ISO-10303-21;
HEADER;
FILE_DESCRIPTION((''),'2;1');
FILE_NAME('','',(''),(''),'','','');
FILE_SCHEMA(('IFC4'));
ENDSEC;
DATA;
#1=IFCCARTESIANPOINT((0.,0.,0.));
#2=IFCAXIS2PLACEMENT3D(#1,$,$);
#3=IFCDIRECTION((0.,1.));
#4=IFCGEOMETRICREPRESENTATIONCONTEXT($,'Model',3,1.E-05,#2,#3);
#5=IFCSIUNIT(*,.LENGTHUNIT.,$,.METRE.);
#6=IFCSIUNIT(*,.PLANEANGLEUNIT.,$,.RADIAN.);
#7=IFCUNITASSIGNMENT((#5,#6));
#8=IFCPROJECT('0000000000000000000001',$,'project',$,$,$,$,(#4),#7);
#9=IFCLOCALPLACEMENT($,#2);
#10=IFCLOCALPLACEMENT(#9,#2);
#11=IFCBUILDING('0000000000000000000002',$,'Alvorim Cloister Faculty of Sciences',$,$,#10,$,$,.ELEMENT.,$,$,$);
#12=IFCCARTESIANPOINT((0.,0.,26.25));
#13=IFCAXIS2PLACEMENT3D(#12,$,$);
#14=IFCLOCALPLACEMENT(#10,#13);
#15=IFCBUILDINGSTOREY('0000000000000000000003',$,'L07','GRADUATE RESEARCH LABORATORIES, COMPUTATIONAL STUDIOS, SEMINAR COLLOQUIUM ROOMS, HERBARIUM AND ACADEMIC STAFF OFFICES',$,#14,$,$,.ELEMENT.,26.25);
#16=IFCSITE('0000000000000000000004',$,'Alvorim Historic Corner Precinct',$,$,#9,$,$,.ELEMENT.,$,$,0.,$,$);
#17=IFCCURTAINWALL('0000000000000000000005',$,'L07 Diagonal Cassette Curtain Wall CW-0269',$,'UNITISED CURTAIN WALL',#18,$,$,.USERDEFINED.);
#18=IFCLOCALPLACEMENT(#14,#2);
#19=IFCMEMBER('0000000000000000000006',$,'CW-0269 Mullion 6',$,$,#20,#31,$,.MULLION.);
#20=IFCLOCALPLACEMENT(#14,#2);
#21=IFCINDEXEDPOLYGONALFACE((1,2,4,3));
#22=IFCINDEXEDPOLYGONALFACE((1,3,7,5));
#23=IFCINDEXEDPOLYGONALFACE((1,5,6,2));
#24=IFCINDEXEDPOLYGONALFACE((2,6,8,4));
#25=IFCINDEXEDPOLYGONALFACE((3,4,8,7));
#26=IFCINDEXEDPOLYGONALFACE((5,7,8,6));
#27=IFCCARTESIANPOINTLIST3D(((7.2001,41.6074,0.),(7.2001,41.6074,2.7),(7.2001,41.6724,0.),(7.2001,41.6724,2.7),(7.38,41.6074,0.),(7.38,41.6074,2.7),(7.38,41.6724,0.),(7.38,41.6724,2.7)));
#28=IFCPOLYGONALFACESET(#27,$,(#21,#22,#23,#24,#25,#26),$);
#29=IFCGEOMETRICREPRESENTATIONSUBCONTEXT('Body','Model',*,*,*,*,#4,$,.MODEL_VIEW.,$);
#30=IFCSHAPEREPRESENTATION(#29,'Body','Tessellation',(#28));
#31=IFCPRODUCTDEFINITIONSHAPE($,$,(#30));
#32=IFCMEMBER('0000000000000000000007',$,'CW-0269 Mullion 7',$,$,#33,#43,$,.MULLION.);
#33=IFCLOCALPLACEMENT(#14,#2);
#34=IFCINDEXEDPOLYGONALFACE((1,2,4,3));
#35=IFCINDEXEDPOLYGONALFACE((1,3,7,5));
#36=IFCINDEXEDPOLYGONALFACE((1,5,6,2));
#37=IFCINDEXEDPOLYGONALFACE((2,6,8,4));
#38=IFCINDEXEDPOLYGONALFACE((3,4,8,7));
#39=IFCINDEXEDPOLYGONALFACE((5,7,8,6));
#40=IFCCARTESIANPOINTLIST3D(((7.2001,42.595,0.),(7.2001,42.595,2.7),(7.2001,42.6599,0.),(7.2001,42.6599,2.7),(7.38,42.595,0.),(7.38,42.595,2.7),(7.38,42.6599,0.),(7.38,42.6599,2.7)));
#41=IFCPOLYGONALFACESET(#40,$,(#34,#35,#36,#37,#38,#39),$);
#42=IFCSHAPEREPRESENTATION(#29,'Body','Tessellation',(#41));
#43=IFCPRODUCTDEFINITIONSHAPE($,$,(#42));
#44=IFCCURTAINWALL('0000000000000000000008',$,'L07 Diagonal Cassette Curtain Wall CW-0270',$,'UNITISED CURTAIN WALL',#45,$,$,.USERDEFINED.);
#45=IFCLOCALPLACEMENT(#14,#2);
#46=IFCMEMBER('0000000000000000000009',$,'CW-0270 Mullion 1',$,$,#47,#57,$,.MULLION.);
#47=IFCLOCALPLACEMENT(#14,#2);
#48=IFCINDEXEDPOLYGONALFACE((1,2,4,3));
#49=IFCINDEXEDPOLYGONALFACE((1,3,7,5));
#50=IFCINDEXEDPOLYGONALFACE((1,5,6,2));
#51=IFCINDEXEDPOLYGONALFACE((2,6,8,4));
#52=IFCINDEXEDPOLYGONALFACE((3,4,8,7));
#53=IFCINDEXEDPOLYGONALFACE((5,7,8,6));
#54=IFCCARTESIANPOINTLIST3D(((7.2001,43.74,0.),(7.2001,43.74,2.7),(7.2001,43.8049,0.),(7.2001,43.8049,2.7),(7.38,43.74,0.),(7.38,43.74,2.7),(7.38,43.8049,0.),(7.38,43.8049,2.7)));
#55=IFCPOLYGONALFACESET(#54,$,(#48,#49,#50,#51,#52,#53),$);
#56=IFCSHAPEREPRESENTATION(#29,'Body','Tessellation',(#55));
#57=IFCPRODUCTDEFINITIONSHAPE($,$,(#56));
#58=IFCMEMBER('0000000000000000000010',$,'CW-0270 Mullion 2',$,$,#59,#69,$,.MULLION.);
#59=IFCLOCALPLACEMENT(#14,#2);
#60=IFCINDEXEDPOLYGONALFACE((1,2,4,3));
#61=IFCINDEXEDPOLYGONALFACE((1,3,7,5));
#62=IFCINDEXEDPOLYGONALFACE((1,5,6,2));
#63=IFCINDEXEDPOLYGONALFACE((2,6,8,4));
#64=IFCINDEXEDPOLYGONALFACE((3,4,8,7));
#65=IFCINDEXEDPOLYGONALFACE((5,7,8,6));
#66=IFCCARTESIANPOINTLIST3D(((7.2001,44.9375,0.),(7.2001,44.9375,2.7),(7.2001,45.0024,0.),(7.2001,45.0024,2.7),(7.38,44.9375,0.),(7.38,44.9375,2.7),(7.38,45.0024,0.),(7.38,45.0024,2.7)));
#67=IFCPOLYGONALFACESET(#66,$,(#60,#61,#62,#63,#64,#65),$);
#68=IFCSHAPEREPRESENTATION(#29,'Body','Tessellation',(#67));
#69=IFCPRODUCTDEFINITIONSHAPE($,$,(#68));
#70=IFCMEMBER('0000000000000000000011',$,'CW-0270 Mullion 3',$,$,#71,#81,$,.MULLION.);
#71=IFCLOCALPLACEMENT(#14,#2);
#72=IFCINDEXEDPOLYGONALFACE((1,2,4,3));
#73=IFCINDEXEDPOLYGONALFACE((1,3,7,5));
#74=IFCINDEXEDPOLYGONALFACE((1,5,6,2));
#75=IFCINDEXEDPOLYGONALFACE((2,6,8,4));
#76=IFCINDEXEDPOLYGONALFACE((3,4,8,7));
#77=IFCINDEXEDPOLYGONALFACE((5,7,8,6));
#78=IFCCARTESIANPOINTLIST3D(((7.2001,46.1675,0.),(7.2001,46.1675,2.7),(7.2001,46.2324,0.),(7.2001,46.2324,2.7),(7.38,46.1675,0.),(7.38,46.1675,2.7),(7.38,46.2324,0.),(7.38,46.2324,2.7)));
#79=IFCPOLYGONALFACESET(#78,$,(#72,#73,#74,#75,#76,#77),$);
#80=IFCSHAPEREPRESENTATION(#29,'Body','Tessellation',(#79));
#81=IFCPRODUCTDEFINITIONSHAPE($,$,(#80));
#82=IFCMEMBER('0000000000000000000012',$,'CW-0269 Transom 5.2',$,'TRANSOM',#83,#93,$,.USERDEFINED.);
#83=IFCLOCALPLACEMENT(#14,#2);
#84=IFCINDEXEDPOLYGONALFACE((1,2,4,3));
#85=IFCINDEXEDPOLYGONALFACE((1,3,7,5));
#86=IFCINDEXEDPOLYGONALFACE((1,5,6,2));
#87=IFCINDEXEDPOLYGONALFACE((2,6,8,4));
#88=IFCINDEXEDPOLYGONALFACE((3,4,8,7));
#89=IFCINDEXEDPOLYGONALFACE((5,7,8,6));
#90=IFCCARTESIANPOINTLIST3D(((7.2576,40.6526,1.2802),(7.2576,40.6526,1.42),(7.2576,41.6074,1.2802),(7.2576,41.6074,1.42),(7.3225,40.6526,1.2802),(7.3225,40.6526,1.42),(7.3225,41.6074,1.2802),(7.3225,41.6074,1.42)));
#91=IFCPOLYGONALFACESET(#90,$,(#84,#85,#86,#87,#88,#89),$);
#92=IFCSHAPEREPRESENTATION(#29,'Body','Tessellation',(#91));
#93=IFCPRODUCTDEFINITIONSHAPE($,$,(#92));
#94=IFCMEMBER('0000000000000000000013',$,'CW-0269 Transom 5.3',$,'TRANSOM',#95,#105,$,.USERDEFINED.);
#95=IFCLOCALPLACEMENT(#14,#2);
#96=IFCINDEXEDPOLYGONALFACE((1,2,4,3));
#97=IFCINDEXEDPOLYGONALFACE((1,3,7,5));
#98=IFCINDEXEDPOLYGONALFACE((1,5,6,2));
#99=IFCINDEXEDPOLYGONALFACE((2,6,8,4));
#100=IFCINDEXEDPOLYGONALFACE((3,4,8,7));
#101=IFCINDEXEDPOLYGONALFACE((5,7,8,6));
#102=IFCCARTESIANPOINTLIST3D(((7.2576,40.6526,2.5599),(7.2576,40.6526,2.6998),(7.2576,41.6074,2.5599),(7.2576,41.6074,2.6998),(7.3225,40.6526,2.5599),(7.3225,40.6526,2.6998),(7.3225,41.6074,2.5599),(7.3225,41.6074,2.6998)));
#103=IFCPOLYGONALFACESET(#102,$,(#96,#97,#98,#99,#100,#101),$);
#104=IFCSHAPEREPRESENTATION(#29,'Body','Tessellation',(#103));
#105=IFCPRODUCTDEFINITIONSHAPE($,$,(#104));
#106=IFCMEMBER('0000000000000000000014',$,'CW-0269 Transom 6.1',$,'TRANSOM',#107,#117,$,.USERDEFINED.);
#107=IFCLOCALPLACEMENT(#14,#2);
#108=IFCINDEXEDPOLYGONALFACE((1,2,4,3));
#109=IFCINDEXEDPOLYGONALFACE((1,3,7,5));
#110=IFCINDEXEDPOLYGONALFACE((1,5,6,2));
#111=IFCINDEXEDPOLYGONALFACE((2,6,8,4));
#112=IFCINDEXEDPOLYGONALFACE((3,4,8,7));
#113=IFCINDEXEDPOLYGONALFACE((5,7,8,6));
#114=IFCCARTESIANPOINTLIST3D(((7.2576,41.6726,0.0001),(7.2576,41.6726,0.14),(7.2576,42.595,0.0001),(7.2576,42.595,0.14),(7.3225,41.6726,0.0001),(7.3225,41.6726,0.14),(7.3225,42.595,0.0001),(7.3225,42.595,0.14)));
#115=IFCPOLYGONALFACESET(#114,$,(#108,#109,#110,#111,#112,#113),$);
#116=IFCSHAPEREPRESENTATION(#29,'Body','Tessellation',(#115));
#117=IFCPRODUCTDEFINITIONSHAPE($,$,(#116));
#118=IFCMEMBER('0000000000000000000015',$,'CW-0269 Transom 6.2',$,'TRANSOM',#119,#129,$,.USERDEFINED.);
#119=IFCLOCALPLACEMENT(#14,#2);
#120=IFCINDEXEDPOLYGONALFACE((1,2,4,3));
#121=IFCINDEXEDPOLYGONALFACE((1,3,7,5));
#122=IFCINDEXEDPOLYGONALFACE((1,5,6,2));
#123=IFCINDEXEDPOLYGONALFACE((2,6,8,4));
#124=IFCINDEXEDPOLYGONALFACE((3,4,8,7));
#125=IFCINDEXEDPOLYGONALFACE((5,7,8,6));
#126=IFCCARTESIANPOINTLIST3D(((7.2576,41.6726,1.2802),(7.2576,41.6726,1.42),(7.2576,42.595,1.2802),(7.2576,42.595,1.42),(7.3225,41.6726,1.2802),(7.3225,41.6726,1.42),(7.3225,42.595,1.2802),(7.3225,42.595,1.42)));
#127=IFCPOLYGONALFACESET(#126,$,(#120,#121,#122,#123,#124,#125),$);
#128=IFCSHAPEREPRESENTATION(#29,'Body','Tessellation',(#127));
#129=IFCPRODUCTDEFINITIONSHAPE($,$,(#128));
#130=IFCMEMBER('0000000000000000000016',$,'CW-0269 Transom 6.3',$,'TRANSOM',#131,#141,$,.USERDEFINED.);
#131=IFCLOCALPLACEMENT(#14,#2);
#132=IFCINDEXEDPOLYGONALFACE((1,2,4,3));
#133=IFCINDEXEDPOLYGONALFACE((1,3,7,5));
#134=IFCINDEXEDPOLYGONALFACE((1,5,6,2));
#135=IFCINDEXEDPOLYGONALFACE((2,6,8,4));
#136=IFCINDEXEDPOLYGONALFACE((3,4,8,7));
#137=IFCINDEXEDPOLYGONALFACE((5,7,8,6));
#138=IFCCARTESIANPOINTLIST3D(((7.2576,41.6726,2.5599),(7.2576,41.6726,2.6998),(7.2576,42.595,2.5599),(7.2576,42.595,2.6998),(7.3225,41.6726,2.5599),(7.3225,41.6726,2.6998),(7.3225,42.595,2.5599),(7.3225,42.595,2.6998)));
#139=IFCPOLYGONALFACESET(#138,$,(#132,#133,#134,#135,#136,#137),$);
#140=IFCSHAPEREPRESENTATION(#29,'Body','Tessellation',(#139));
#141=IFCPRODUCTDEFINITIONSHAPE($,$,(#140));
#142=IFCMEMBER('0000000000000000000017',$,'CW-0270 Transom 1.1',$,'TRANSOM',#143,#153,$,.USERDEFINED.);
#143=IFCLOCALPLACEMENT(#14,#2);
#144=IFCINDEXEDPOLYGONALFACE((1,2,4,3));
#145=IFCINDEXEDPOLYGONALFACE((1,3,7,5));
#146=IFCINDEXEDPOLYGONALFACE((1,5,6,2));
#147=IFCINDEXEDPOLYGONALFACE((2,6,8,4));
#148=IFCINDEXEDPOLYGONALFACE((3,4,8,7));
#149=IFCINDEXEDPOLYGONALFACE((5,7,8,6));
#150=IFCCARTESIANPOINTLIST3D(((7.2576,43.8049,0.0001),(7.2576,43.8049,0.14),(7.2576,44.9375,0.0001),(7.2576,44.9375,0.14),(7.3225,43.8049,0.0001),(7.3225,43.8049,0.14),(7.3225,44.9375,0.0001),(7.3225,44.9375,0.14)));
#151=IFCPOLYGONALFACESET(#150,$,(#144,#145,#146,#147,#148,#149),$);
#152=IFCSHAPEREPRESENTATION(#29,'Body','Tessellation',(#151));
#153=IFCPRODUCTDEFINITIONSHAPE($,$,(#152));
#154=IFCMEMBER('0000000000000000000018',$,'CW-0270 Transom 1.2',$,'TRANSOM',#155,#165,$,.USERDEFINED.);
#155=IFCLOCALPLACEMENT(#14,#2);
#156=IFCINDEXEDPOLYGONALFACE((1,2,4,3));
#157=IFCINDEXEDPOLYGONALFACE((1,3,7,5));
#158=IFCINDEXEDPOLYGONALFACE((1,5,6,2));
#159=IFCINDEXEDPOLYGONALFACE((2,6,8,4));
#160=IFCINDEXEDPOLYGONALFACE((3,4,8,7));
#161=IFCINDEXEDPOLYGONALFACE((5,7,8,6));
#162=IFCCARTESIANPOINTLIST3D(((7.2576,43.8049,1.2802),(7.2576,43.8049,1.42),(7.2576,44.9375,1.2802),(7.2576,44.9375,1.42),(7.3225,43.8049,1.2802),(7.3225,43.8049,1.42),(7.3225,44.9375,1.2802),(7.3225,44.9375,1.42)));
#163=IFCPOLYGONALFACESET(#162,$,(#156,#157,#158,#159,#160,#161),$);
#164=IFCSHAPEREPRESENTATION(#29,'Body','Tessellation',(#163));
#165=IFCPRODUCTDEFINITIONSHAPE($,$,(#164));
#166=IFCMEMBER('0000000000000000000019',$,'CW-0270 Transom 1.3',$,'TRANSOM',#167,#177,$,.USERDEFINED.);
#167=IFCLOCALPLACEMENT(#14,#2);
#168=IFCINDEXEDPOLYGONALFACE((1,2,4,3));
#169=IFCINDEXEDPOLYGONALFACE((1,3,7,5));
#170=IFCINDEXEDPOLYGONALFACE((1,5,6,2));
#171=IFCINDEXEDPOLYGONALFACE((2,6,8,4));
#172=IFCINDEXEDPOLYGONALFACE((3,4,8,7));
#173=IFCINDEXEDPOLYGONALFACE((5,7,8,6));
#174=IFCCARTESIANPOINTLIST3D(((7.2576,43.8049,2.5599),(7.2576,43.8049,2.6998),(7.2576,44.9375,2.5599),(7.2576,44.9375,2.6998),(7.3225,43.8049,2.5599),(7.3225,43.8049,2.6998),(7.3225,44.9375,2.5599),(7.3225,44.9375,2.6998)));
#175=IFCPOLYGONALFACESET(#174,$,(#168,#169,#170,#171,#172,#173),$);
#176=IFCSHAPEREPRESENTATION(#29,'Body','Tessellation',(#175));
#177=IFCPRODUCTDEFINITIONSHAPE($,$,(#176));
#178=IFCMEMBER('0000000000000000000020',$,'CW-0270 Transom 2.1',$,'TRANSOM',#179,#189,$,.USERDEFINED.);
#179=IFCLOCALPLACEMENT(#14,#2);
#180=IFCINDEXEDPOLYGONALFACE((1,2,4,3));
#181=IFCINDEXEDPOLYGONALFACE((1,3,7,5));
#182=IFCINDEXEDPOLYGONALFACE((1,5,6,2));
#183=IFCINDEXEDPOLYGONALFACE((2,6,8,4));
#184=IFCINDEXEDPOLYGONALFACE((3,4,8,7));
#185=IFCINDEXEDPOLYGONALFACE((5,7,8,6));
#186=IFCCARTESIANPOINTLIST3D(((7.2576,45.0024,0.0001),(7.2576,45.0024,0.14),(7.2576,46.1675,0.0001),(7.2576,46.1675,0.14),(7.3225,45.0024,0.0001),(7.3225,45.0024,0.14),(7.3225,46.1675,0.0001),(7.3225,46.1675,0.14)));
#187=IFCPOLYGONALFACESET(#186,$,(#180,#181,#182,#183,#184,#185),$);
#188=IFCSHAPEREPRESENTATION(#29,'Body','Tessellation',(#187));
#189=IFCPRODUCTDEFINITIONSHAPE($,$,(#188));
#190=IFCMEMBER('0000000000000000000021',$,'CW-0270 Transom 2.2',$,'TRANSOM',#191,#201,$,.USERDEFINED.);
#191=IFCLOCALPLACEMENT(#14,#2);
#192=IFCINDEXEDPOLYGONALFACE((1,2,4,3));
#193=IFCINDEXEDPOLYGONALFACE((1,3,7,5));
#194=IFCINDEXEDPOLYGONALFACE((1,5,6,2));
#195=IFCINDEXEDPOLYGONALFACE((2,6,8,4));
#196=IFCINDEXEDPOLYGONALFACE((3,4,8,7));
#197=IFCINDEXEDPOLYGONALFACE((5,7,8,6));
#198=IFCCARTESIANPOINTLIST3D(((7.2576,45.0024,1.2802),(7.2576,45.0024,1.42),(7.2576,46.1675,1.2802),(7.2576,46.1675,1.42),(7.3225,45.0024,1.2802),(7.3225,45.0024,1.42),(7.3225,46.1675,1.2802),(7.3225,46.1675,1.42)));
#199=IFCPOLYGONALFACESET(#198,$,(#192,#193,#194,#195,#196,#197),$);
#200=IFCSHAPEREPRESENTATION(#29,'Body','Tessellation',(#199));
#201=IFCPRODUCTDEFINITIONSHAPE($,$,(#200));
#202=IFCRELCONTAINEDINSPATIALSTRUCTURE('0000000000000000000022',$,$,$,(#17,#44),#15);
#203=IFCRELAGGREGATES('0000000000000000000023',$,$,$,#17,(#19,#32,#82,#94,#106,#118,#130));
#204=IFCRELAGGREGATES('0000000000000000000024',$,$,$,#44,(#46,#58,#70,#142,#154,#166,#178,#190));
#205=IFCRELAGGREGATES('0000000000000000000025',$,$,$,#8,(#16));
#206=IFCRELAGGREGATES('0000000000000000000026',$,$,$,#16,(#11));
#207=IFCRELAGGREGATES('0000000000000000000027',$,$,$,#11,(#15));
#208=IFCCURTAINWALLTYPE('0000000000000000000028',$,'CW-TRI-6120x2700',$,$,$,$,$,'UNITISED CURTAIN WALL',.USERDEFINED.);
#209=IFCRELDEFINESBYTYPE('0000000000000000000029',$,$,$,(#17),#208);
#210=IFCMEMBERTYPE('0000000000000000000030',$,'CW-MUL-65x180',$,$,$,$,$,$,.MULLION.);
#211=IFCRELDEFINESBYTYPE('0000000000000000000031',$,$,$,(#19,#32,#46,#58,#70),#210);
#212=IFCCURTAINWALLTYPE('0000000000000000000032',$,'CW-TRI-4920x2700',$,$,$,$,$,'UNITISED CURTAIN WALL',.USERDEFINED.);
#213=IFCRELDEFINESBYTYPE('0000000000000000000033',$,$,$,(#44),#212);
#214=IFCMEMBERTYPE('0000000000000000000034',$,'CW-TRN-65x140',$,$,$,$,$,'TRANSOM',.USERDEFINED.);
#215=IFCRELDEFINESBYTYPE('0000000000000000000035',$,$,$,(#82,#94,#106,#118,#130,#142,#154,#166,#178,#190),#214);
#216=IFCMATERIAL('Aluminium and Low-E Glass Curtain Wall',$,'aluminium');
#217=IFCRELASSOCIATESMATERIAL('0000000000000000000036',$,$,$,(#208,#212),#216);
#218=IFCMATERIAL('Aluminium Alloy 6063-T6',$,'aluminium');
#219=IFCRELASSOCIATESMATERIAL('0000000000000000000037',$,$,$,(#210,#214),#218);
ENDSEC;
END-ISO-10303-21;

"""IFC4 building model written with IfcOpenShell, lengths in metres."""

from ifc_helpers import new_model, si_unit, direction, frame, origin, origin_2d, place, context, subcontext, project, spatial, rectangle, extrude, material, material_profile, profile_set, type_object, element, aggregate, save


model = new_model("IFC4")

# Units and contexts
model_context = context("Model", 3, precision=1e-05, world=origin(), true_north=direction((0.0, 1.0)))
body_context = subcontext(model_context, "Body", "Model", "MODEL_VIEW")
ifc_project = project(units=[si_unit("LENGTHUNIT", "METRE"), si_unit("PLANEANGLEUNIT", "RADIAN")], contexts=[model_context])

# Site, building, storey
site_placement = place(None, origin())
site = spatial("IfcSite", under=ifc_project, at=site_placement, Name="Alvorim Historic Corner Precinct", CompositionType="ELEMENT", RefElevation=0.0)
building_placement = place(site_placement, origin())
building = spatial("IfcBuilding", under=site, at=building_placement, Name="Alvorim Cloister Faculty of Sciences", CompositionType="ELEMENT")
storey_placement = place(building_placement, frame((0.0, 0.0, 26.25)))
storey = spatial("IfcBuildingStorey", under=building, at=storey_placement, Name="L07", Description="GRADUATE RESEARCH LABORATORIES, COMPUTATIONAL STUDIOS, SEMINAR COLLOQUIUM ROOMS, HERBARIUM AND ACADEMIC STAFF OFFICES", CompositionType="ELEMENT", Elevation=26.25)

# Curtain walls, members
ifc_material_1 = material(Name="Aluminium and Low-E Glass Curtain Wall", Category="aluminium")
curtain_wall_type_1 = type_object("IfcCurtainWallType", Name="CW-TRI-6120x2700", ElementType="UNITISED CURTAIN WALL", PredefinedType="USERDEFINED", material=ifc_material_1)
curtain_wall_1_placement = place(storey_placement, origin())
curtain_wall_1 = element("IfcCurtainWall", 1, at=curtain_wall_1_placement, inside=storey, type_object=curtain_wall_type_1, Name="L07 Diagonal Cassette Curtain Wall CW-0269", ObjectType="UNITISED CURTAIN WALL", PredefinedType="USERDEFINED")
ifc_material_2 = material(Name="Aluminium Alloy 6063-T6", Category="aluminium")
ifc_material_profile_1 = material_profile(ifc_material_2, rectangle(XDim=0.0649, YDim=0.1799, at=origin_2d()), Name="ALU-MUL-65x180")
ifc_profile_set_1 = profile_set([ifc_material_profile_1], Name="Aluminium Alloy 6063-T6")
member_type_1 = type_object("IfcMemberType", Name="CW-MUL-65x180", PredefinedType="MULLION", material=ifc_profile_set_1)
member_1_placement = place(storey_placement, frame((7.29, 41.6399, 0.0), z_axis=(0.0, 0.0, 1.0), x_axis=(0.0, 1.0, 0.0)))
member_1 = element("IfcMember", 2, at=member_1_placement, type_object=member_type_1, Name="CW-0269 Mullion 6", PredefinedType="MULLION", context=body_context, shape_type="SweptSolid", body=[
    extrude(rectangle(XDim=0.0649, YDim=0.1799, at=origin_2d()), origin(), (0.0, 0.0, 1.0), 2.7),
])
member_2_placement = place(storey_placement, frame((7.29, 42.6274, 0.0), z_axis=(0.0, 0.0, 1.0), x_axis=(0.0, 1.0, 0.0)))
member_2 = element("IfcMember", 3, at=member_2_placement, type_object=member_type_1, Name="CW-0269 Mullion 7", PredefinedType="MULLION", context=body_context, shape_type="SweptSolid", body=[
    extrude(rectangle(XDim=0.0649, YDim=0.1799, at=origin_2d()), origin(), (0.0, 0.0, 1.0), 2.7),
])
curtain_wall_type_2 = type_object("IfcCurtainWallType", Name="CW-TRI-4920x2700", ElementType="UNITISED CURTAIN WALL", PredefinedType="USERDEFINED", material=ifc_material_1)
curtain_wall_2_placement = place(storey_placement, origin())
curtain_wall_2 = element("IfcCurtainWall", 4, at=curtain_wall_2_placement, inside=storey, type_object=curtain_wall_type_2, Name="L07 Diagonal Cassette Curtain Wall CW-0270", ObjectType="UNITISED CURTAIN WALL", PredefinedType="USERDEFINED")
member_3_placement = place(storey_placement, frame((7.29, 43.7725, 0.0), z_axis=(0.0, 0.0, 1.0), x_axis=(0.0, 1.0, 0.0)))
member_3 = element("IfcMember", 5, at=member_3_placement, type_object=member_type_1, Name="CW-0270 Mullion 1", PredefinedType="MULLION", context=body_context, shape_type="SweptSolid", body=[
    extrude(rectangle(XDim=0.0649, YDim=0.1799, at=origin_2d()), origin(), (0.0, 0.0, 1.0), 2.7),
])
member_4_placement = place(storey_placement, frame((7.29, 44.97, 0.0), z_axis=(0.0, 0.0, 1.0), x_axis=(0.0, 1.0, 0.0)))
member_4 = element("IfcMember", 6, at=member_4_placement, type_object=member_type_1, Name="CW-0270 Mullion 2", PredefinedType="MULLION", context=body_context, shape_type="SweptSolid", body=[
    extrude(rectangle(XDim=0.0649, YDim=0.1799, at=origin_2d()), origin(), (0.0, 0.0, 1.0), 2.7),
])
member_5_placement = place(storey_placement, frame((7.29, 46.2, 0.0), z_axis=(0.0, 0.0, 1.0), x_axis=(0.0, 1.0, 0.0)))
member_5 = element("IfcMember", 7, at=member_5_placement, type_object=member_type_1, Name="CW-0270 Mullion 3", PredefinedType="MULLION", context=body_context, shape_type="SweptSolid", body=[
    extrude(rectangle(XDim=0.0649, YDim=0.1799, at=origin_2d()), origin(), (0.0, 0.0, 1.0), 2.7),
])

# Members
ifc_material_profile_2 = material_profile(ifc_material_2, rectangle(XDim=0.0649, YDim=0.1399, at=origin_2d()), Name="ALU-TRN-65x140")
ifc_profile_set_2 = profile_set([ifc_material_profile_2], Name="Aluminium Alloy 6063-T6")
member_type_2 = type_object("IfcMemberType", Name="CW-TRN-65x140", ElementType="TRANSOM", PredefinedType="USERDEFINED", material=ifc_profile_set_2)
member_6_placement = place(storey_placement, frame((7.29, 40.6526, 1.3501), z_axis=(0.0, 1.0, 0.0), x_axis=(-1.0, 0.0, 0.0)))
member_6 = element("IfcMember", 8, at=member_6_placement, type_object=member_type_2, Name="CW-0269 Transom 5.2", ObjectType="TRANSOM", PredefinedType="USERDEFINED", context=body_context, shape_type="SweptSolid", body=[
    extrude(rectangle(XDim=0.0649, YDim=0.1399, at=origin_2d()), origin(), (0.0, 0.0, 1.0), 0.9548),
])
member_7_placement = place(storey_placement, frame((7.29, 40.6526, 2.6299), z_axis=(0.0, 1.0, 0.0), x_axis=(-1.0, 0.0, 0.0)))
member_7 = element("IfcMember", 9, at=member_7_placement, type_object=member_type_2, Name="CW-0269 Transom 5.3", ObjectType="TRANSOM", PredefinedType="USERDEFINED", context=body_context, shape_type="SweptSolid", body=[
    extrude(rectangle(XDim=0.0649, YDim=0.1399, at=origin_2d()), origin(), (0.0, 0.0, 1.0), 0.9548),
])
member_8_placement = place(storey_placement, frame((7.29, 41.6726, 0.0701), z_axis=(0.0, 1.0, 0.0), x_axis=(-1.0, 0.0, 0.0)))
member_8 = element("IfcMember", 10, at=member_8_placement, type_object=member_type_2, Name="CW-0269 Transom 6.1", ObjectType="TRANSOM", PredefinedType="USERDEFINED", context=body_context, shape_type="SweptSolid", body=[
    extrude(rectangle(XDim=0.0649, YDim=0.1399, at=origin_2d()), origin(), (0.0, 0.0, 1.0), 0.9224),
])
member_9_placement = place(storey_placement, frame((7.29, 41.6726, 1.3501), z_axis=(0.0, 1.0, 0.0), x_axis=(-1.0, 0.0, 0.0)))
member_9 = element("IfcMember", 11, at=member_9_placement, type_object=member_type_2, Name="CW-0269 Transom 6.2", ObjectType="TRANSOM", PredefinedType="USERDEFINED", context=body_context, shape_type="SweptSolid", body=[
    extrude(rectangle(XDim=0.0649, YDim=0.1399, at=origin_2d()), origin(), (0.0, 0.0, 1.0), 0.9224),
])
member_10_placement = place(storey_placement, frame((7.29, 41.6726, 2.6299), z_axis=(0.0, 1.0, 0.0), x_axis=(-1.0, 0.0, 0.0)))
member_10 = element("IfcMember", 12, at=member_10_placement, type_object=member_type_2, Name="CW-0269 Transom 6.3", ObjectType="TRANSOM", PredefinedType="USERDEFINED", context=body_context, shape_type="SweptSolid", body=[
    extrude(rectangle(XDim=0.0649, YDim=0.1399, at=origin_2d()), origin(), (0.0, 0.0, 1.0), 0.9224),
])
aggregate(curtain_wall_1, [member_1, member_2, member_6, member_7, member_8, member_9, member_10])
member_11_placement = place(storey_placement, frame((7.29, 43.8049, 0.0701), z_axis=(0.0, 1.0, 0.0), x_axis=(-1.0, 0.0, 0.0)))
member_11 = element("IfcMember", 13, at=member_11_placement, type_object=member_type_2, Name="CW-0270 Transom 1.1", ObjectType="TRANSOM", PredefinedType="USERDEFINED", context=body_context, shape_type="SweptSolid", body=[
    extrude(rectangle(XDim=0.0649, YDim=0.1399, at=origin_2d()), origin(), (0.0, 0.0, 1.0), 1.1326),
])
member_12_placement = place(storey_placement, frame((7.29, 43.8049, 1.3501), z_axis=(0.0, 1.0, 0.0), x_axis=(-1.0, 0.0, 0.0)))
member_12 = element("IfcMember", 14, at=member_12_placement, type_object=member_type_2, Name="CW-0270 Transom 1.2", ObjectType="TRANSOM", PredefinedType="USERDEFINED", context=body_context, shape_type="SweptSolid", body=[
    extrude(rectangle(XDim=0.0649, YDim=0.1399, at=origin_2d()), origin(), (0.0, 0.0, 1.0), 1.1326),
])
member_13_placement = place(storey_placement, frame((7.29, 43.8049, 2.6299), z_axis=(0.0, 1.0, 0.0), x_axis=(-1.0, 0.0, 0.0)))
member_13 = element("IfcMember", 15, at=member_13_placement, type_object=member_type_2, Name="CW-0270 Transom 1.3", ObjectType="TRANSOM", PredefinedType="USERDEFINED", context=body_context, shape_type="SweptSolid", body=[
    extrude(rectangle(XDim=0.0649, YDim=0.1399, at=origin_2d()), origin(), (0.0, 0.0, 1.0), 1.1326),
])
member_14_placement = place(storey_placement, frame((7.29, 45.0024, 0.0701), z_axis=(0.0, 1.0, 0.0), x_axis=(-1.0, 0.0, 0.0)))
member_14 = element("IfcMember", 16, at=member_14_placement, type_object=member_type_2, Name="CW-0270 Transom 2.1", ObjectType="TRANSOM", PredefinedType="USERDEFINED", context=body_context, shape_type="SweptSolid", body=[
    extrude(rectangle(XDim=0.0649, YDim=0.1399, at=origin_2d()), origin(), (0.0, 0.0, 1.0), 1.165),
])
member_15_placement = place(storey_placement, frame((7.29, 45.0024, 1.3501), z_axis=(0.0, 1.0, 0.0), x_axis=(-1.0, 0.0, 0.0)))
member_15 = element("IfcMember", 17, at=member_15_placement, type_object=member_type_2, Name="CW-0270 Transom 2.2", ObjectType="TRANSOM", PredefinedType="USERDEFINED", context=body_context, shape_type="SweptSolid", body=[
    extrude(rectangle(XDim=0.0649, YDim=0.1399, at=origin_2d()), origin(), (0.0, 0.0, 1.0), 1.165),
])
aggregate(curtain_wall_2, [member_3, member_4, member_5, member_11, member_12, member_13, member_14, member_15])

save(model, "model.ifc")
